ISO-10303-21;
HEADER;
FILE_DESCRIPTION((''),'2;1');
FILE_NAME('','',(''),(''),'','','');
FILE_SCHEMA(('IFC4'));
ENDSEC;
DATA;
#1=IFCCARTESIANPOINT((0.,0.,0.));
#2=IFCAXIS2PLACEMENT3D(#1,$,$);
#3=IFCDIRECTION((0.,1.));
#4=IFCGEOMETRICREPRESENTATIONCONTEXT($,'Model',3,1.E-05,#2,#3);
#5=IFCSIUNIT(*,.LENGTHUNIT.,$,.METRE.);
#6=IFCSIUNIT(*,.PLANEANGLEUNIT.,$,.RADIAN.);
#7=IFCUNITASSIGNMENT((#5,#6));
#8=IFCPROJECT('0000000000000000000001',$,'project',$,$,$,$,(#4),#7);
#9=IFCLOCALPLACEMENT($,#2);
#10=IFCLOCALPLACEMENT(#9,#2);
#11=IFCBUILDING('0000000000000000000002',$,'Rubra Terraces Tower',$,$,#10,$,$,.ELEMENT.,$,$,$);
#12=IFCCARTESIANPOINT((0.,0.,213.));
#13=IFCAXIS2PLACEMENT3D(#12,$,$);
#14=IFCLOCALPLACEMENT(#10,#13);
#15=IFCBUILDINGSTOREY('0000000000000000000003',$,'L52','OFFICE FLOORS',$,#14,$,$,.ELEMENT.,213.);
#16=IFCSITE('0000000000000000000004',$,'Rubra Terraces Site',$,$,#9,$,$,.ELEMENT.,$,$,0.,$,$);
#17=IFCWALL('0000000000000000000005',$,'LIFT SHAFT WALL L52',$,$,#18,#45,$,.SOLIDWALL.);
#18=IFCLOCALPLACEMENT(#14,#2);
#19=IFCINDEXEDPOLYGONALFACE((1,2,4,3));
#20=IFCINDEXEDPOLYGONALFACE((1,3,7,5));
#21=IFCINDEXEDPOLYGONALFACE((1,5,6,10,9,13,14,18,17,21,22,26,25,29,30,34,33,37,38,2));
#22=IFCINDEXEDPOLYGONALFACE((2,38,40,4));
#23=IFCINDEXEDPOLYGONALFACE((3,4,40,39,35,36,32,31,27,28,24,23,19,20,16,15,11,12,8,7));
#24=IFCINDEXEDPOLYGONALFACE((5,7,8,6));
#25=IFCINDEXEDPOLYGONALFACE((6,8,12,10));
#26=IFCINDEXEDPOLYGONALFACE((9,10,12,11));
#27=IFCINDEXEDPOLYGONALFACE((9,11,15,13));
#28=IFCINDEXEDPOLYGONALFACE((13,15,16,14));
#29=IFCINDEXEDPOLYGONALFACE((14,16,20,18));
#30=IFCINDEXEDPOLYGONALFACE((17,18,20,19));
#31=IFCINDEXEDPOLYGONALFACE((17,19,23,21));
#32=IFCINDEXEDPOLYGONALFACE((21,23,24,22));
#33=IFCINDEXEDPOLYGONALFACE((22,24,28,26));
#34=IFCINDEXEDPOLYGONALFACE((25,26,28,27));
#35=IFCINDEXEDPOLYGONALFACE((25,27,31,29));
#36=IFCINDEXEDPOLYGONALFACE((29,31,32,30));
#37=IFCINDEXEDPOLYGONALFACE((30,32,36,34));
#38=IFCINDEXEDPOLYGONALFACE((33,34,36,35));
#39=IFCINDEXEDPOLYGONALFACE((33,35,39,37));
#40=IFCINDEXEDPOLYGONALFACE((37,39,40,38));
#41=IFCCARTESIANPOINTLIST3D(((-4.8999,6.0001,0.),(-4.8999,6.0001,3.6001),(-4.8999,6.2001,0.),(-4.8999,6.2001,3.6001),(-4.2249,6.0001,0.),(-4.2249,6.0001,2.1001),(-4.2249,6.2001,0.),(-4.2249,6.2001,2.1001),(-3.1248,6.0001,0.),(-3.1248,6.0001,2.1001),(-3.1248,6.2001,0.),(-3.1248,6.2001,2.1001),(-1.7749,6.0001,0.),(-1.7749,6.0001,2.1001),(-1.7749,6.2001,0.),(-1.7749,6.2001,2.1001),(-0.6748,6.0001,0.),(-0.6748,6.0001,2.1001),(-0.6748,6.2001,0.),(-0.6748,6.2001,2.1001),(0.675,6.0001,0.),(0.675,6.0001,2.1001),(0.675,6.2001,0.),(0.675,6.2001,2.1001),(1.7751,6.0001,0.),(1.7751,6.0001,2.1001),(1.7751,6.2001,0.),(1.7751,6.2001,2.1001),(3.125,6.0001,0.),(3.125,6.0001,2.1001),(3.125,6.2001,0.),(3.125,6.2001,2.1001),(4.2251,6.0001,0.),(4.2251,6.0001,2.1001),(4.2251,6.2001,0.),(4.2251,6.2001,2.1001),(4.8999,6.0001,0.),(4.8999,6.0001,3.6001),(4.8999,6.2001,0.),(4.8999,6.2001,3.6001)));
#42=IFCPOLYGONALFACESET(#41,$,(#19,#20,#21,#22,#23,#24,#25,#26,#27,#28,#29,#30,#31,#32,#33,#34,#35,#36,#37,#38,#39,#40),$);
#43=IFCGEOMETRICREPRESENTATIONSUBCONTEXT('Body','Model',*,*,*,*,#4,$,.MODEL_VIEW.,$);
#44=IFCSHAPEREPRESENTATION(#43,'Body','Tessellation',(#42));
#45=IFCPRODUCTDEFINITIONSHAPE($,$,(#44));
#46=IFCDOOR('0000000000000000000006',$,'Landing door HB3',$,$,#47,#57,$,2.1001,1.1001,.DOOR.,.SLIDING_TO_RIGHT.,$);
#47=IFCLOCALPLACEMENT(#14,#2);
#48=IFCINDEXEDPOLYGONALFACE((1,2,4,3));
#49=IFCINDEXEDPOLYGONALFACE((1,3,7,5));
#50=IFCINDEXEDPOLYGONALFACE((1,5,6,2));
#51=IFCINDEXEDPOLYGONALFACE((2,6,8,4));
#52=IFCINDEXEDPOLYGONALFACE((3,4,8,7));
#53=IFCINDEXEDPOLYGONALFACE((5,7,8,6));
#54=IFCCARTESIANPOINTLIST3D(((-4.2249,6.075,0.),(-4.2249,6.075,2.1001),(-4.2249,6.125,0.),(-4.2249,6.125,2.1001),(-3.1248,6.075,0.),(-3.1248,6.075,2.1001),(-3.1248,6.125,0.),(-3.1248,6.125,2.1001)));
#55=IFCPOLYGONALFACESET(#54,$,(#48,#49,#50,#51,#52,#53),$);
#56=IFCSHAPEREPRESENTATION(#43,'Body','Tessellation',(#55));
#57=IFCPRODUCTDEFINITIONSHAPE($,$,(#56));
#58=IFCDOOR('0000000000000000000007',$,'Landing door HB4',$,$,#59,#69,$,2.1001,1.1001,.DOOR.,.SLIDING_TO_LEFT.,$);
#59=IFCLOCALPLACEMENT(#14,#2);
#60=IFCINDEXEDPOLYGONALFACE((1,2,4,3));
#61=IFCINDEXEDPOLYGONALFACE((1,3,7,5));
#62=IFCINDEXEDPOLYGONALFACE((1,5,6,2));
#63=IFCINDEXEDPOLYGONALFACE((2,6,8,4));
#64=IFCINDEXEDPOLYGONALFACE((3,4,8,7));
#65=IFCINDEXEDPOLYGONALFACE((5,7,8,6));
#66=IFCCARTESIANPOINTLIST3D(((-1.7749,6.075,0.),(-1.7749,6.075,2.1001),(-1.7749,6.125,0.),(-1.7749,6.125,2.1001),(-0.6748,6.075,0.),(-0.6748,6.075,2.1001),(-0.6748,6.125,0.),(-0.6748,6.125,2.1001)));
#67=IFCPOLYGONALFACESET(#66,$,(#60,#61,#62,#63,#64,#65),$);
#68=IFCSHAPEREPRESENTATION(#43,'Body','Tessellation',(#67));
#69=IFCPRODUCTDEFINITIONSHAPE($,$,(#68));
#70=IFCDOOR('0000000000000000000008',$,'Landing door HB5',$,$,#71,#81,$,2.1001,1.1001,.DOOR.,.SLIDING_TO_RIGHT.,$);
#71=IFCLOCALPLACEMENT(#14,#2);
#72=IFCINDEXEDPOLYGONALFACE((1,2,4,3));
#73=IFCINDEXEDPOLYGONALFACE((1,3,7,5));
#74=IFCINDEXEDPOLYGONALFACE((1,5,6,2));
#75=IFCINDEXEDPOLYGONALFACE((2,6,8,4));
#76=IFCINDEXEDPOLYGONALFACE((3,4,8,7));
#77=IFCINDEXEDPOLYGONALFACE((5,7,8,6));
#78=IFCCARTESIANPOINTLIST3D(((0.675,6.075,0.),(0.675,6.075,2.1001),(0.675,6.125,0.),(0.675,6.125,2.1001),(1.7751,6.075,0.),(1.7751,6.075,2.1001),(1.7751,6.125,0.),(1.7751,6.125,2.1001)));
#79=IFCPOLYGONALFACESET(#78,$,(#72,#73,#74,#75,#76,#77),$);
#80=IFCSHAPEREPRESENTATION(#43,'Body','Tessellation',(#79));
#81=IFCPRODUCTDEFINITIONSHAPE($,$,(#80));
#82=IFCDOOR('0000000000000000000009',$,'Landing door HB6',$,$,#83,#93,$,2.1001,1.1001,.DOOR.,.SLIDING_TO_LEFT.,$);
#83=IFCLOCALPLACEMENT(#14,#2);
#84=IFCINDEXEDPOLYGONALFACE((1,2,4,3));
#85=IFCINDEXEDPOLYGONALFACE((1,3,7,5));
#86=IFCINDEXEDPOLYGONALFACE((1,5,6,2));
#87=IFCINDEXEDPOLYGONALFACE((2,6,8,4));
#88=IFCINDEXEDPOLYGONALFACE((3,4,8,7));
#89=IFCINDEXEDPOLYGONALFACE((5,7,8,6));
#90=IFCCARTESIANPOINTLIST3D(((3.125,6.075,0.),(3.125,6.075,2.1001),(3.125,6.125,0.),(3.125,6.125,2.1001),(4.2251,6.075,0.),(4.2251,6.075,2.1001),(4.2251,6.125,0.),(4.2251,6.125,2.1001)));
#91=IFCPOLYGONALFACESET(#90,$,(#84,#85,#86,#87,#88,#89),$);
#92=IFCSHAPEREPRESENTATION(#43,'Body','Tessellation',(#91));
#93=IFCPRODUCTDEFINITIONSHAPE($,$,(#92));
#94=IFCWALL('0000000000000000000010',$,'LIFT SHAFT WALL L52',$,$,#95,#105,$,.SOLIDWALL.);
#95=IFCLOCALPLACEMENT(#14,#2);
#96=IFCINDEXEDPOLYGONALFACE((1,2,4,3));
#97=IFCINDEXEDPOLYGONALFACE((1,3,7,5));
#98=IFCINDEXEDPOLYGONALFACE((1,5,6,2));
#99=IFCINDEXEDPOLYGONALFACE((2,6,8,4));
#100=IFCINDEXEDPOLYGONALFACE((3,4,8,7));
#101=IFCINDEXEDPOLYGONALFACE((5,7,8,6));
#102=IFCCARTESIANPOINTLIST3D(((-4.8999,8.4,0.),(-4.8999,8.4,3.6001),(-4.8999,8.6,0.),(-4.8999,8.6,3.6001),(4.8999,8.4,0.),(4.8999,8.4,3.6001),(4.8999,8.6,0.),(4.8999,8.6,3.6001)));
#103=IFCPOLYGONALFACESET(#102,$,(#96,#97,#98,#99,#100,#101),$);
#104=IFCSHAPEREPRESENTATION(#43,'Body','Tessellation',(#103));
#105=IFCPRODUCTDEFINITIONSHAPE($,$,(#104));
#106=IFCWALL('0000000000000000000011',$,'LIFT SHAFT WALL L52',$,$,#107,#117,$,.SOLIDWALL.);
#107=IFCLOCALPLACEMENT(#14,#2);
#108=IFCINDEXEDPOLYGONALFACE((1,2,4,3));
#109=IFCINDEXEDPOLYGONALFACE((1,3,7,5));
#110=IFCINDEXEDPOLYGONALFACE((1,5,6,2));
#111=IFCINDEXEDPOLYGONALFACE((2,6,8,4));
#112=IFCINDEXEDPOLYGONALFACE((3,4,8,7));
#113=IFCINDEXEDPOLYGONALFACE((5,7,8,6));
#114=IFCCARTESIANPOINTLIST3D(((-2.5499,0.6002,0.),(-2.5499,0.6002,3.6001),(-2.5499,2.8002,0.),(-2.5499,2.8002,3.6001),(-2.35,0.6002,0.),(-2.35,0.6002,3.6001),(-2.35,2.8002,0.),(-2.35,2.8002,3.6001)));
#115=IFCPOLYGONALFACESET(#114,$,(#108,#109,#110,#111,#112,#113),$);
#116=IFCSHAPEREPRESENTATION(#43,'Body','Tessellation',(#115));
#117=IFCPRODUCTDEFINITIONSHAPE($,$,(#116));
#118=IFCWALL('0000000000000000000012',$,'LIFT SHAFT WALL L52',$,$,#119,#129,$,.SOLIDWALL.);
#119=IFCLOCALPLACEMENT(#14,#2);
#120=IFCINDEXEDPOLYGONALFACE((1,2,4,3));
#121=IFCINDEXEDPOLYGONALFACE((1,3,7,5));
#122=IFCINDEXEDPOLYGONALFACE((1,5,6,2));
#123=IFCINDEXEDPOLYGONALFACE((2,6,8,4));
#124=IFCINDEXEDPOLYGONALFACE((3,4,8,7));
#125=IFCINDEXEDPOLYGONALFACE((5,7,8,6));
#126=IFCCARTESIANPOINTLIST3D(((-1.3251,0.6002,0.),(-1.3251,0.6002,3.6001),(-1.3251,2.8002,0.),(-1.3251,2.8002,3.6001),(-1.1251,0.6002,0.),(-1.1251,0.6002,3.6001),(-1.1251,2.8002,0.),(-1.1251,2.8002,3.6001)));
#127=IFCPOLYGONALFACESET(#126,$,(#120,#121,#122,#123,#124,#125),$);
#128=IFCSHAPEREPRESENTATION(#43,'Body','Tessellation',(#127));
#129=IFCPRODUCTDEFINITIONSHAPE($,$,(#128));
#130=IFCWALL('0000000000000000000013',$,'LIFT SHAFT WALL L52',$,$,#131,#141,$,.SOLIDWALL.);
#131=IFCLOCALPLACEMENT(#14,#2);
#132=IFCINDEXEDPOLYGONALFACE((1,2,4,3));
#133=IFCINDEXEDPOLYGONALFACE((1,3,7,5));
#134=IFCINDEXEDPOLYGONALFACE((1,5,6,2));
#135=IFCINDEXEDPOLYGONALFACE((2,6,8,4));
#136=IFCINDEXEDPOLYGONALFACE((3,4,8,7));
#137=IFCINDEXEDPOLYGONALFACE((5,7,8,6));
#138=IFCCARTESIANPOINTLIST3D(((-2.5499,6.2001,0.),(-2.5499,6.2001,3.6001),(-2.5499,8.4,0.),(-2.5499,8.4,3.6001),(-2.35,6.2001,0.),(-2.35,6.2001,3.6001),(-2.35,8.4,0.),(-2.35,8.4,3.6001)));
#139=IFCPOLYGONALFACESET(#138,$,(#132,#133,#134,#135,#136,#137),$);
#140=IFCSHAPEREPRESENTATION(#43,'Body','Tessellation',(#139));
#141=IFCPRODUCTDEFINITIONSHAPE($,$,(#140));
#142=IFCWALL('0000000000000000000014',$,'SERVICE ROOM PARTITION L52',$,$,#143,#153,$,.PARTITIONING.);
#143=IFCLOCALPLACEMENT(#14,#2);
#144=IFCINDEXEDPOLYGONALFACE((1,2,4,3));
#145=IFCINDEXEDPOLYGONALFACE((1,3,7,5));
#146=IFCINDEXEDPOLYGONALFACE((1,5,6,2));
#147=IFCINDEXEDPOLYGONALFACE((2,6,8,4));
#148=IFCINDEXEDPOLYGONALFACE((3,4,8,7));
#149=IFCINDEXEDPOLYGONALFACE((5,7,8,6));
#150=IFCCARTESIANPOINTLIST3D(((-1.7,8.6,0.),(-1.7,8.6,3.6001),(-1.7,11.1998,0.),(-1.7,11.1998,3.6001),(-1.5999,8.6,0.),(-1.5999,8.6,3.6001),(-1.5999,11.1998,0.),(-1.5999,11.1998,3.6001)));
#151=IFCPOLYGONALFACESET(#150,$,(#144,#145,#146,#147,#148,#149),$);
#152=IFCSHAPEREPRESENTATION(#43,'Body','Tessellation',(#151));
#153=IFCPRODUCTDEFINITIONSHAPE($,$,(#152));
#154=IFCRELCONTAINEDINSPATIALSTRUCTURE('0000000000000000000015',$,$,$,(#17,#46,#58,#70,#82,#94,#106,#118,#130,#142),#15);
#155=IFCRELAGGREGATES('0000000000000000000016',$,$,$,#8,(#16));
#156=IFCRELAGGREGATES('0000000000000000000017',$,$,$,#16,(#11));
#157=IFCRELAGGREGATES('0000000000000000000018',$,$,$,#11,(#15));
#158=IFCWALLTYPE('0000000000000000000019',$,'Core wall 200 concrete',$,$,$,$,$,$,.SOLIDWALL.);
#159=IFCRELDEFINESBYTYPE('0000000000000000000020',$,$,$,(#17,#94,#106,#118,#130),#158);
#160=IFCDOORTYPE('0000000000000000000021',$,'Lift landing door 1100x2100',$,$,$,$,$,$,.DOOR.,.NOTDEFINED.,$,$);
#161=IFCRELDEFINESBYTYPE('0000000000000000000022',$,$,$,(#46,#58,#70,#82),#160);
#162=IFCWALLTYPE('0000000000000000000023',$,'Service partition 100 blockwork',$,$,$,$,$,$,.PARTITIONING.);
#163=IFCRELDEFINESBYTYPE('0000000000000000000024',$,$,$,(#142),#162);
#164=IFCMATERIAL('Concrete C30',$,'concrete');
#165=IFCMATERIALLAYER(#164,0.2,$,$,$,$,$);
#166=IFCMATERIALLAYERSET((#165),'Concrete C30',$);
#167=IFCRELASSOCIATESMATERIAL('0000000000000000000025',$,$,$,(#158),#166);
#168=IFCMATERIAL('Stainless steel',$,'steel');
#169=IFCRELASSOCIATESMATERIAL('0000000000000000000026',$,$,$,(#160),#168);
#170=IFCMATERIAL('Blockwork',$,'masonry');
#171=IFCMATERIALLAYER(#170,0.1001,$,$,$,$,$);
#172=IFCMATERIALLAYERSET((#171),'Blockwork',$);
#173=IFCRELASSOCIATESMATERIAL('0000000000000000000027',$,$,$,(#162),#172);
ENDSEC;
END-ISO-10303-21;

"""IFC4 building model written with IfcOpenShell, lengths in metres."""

from ifc_helpers import new_model, si_unit, direction, frame, frame_2d, origin, place, context, subcontext, project, spatial, rectangle, extrude, material, layer, layer_set, type_object, element, fill, save


model = new_model("IFC4")

# Units and contexts
model_context = context("Model", 3, precision=1e-05, world=origin(), true_north=direction((0.0, 1.0)))
body_context = subcontext(model_context, "Body", "Model", "MODEL_VIEW")
ifc_project = project(units=[si_unit("LENGTHUNIT", "METRE"), si_unit("PLANEANGLEUNIT", "RADIAN")], contexts=[model_context])

# Site, building, storey
site_placement = place(None, origin())
site = spatial("IfcSite", under=ifc_project, at=site_placement, Name="Rubra Terraces Site", CompositionType="ELEMENT", RefElevation=0.0)
building_placement = place(site_placement, origin())
building = spatial("IfcBuilding", under=site, at=building_placement, Name="Rubra Terraces Tower", CompositionType="ELEMENT")
storey_placement = place(building_placement, frame((0.0, 0.0, 213.0)))
storey = spatial("IfcBuildingStorey", under=building, at=storey_placement, Name="L52", Description="OFFICE FLOORS", CompositionType="ELEMENT", Elevation=213.0)

# Shared definitions
ifc_material_1 = material(Name="Concrete C30", Category="concrete")
ifc_layer_1 = layer(ifc_material_1, 0.2)
ifc_layer_set_1 = layer_set([ifc_layer_1], Name="Concrete C30")
wall_type_1 = type_object("IfcWallType", Name="Core wall 200 concrete", PredefinedType="SOLIDWALL", material=ifc_layer_set_1)

# Wall, openings, doors
ifc_material_2 = material(Name="Stainless steel", Category="steel")
door_type_1 = type_object("IfcDoorType", Name="Lift landing door 1100x2100", OperationType="NOTDEFINED", PredefinedType="DOOR", material=ifc_material_2)
wall_1_placement = place(storey_placement, frame((-4.8999, 6.1001, 0.0), z_axis=(0.0, 0.0, 1.0), x_axis=(1.0, 0.0, 0.0)))
wall_1 = element("IfcWall", 1, at=wall_1_placement, inside=storey, type_object=wall_type_1, Name="LIFT SHAFT WALL L52", PredefinedType="SOLIDWALL", context=body_context, shape_type="SweptSolid", body=[
    extrude(rectangle(XDim=9.7998, YDim=0.2, at=frame_2d((4.8999, 0.0))), origin(), (0.0, 0.0, 1.0), 3.6001),
])
opening_1_placement = place(wall_1_placement, frame((0.675, 0.0, 0.0)))
opening_1 = element("IfcOpeningElement", 2, at=opening_1_placement, cuts=wall_1, PredefinedType="OPENING", context=body_context, shape_type="SweptSolid", body=[
    extrude(rectangle(XDim=1.1001, YDim=2.1001, at=frame_2d((0.55, 1.05))), frame((0.0, 0.1099, 0.0), z_axis=(0.0, -1.0, 0.0), x_axis=(1.0, 0.0, 0.0)), (0.0, 0.0, 1.0), 0.22),
])
opening_2_placement = place(wall_1_placement, frame((3.125, 0.0, 0.0)))
opening_2 = element("IfcOpeningElement", 3, at=opening_2_placement, cuts=wall_1, PredefinedType="OPENING", context=body_context, shape_type="SweptSolid", body=[
    extrude(rectangle(XDim=1.1001, YDim=2.1001, at=frame_2d((0.55, 1.05))), frame((0.0, 0.1099, 0.0), z_axis=(0.0, -1.0, 0.0), x_axis=(1.0, 0.0, 0.0)), (0.0, 0.0, 1.0), 0.22),
])
opening_3_placement = place(wall_1_placement, frame((5.575, 0.0, 0.0)))
opening_3 = element("IfcOpeningElement", 4, at=opening_3_placement, cuts=wall_1, PredefinedType="OPENING", context=body_context, shape_type="SweptSolid", body=[
    extrude(rectangle(XDim=1.1001, YDim=2.1001, at=frame_2d((0.55, 1.05))), frame((0.0, 0.1099, 0.0), z_axis=(0.0, -1.0, 0.0), x_axis=(1.0, 0.0, 0.0)), (0.0, 0.0, 1.0), 0.22),
])
opening_4_placement = place(wall_1_placement, frame((8.0249, 0.0, 0.0)))
opening_4 = element("IfcOpeningElement", 5, at=opening_4_placement, cuts=wall_1, PredefinedType="OPENING", context=body_context, shape_type="SweptSolid", body=[
    extrude(rectangle(XDim=1.1001, YDim=2.1001, at=frame_2d((0.55, 1.05))), frame((0.0, 0.1099, 0.0), z_axis=(0.0, -1.0, 0.0), x_axis=(1.0, 0.0, 0.0)), (0.0, 0.0, 1.0), 0.22),
])
door_1_placement = place(opening_1_placement, origin())
door_1 = element("IfcDoor", 6, at=door_1_placement, inside=storey, type_object=door_type_1, Name="Landing door HB3", OperationType="SLIDING_TO_RIGHT", OverallHeight=2.1001, OverallWidth=1.1001, PredefinedType="DOOR", context=body_context, shape_type="SweptSolid", body=[
    extrude(rectangle(XDim=1.1001, YDim=2.1001, at=frame_2d((0.55, 1.05))), frame((0.0, 0.0249, 0.0), z_axis=(0.0, -1.0, 0.0), x_axis=(1.0, 0.0, 0.0)), (0.0, 0.0, 1.0), 0.05),
])
fill(opening_1, door_1)
door_2_placement = place(opening_2_placement, origin())
door_2 = element("IfcDoor", 7, at=door_2_placement, inside=storey, type_object=door_type_1, Name="Landing door HB4", OperationType="SLIDING_TO_LEFT", OverallHeight=2.1001, OverallWidth=1.1001, PredefinedType="DOOR", context=body_context, shape_type="SweptSolid", body=[
    extrude(rectangle(XDim=1.1001, YDim=2.1001, at=frame_2d((0.55, 1.05))), frame((0.0, 0.0249, 0.0), z_axis=(0.0, -1.0, 0.0), x_axis=(1.0, 0.0, 0.0)), (0.0, 0.0, 1.0), 0.05),
])
fill(opening_2, door_2)
door_3_placement = place(opening_3_placement, origin())
door_3 = element("IfcDoor", 8, at=door_3_placement, inside=storey, type_object=door_type_1, Name="Landing door HB5", OperationType="SLIDING_TO_RIGHT", OverallHeight=2.1001, OverallWidth=1.1001, PredefinedType="DOOR", context=body_context, shape_type="SweptSolid", body=[
    extrude(rectangle(XDim=1.1001, YDim=2.1001, at=frame_2d((0.55, 1.05))), frame((0.0, 0.0249, 0.0), z_axis=(0.0, -1.0, 0.0), x_axis=(1.0, 0.0, 0.0)), (0.0, 0.0, 1.0), 0.05),
])
fill(opening_3, door_3)
door_4_placement = place(opening_4_placement, origin())
door_4 = element("IfcDoor", 9, at=door_4_placement, inside=storey, type_object=door_type_1, Name="Landing door HB6", OperationType="SLIDING_TO_LEFT", OverallHeight=2.1001, OverallWidth=1.1001, PredefinedType="DOOR", context=body_context, shape_type="SweptSolid", body=[
    extrude(rectangle(XDim=1.1001, YDim=2.1001, at=frame_2d((0.55, 1.05))), frame((0.0, 0.0249, 0.0), z_axis=(0.0, -1.0, 0.0), x_axis=(1.0, 0.0, 0.0)), (0.0, 0.0, 1.0), 0.05),
])
fill(opening_4, door_4)

# Walls
wall_2_placement = place(storey_placement, frame((-4.8999, 8.5, 0.0), z_axis=(0.0, 0.0, 1.0), x_axis=(1.0, 0.0, 0.0)))
element("IfcWall", 10, at=wall_2_placement, inside=storey, type_object=wall_type_1, Name="LIFT SHAFT WALL L52", PredefinedType="SOLIDWALL", context=body_context, shape_type="SweptSolid", body=[
    extrude(rectangle(XDim=9.7998, YDim=0.2, at=frame_2d((4.8999, 0.0))), origin(), (0.0, 0.0, 1.0), 3.6001),
])
for number, where, z_axis, x_axis, name in (
    (11, (-2.45, 0.6001, 0.0), (0.0, 0.0, 1.0), (0.0, 1.0, 0.0), "LIFT SHAFT WALL L52"),
    (12, (-1.2251, 0.6001, 0.0), (0.0, 0.0, 1.0), (0.0, 1.0, 0.0), "LIFT SHAFT WALL L52"),
    (13, (-2.45, 6.2, 0.0), (0.0, 0.0, 1.0), (0.0, 1.0, 0.0), "LIFT SHAFT WALL L52"),
):
    element("IfcWall", number, at=place(storey_placement, frame(where, z_axis=z_axis, x_axis=x_axis)), inside=storey, type_object=wall_type_1, Name=name, PredefinedType="SOLIDWALL", context=body_context, shape_type="SweptSolid", body=[
        extrude(rectangle(XDim=2.2, YDim=0.2, at=frame_2d((1.1001, 0.0))), origin(), (0.0, 0.0, 1.0), 3.6001),
    ])
ifc_material_3 = material(Name="Blockwork", Category="masonry")
ifc_layer_2 = layer(ifc_material_3, 0.1001)
ifc_layer_set_2 = layer_set([ifc_layer_2], Name="Blockwork")
wall_type_2 = type_object("IfcWallType", Name="Service partition 100 blockwork", PredefinedType="PARTITIONING", material=ifc_layer_set_2)
wall_3_placement = place(storey_placement, frame((-1.6499, 8.6001, 0.0), z_axis=(0.0, 0.0, 1.0), x_axis=(0.0, 1.0, 0.0)))
element("IfcWall", 14, at=wall_3_placement, inside=storey, type_object=wall_type_2, Name="SERVICE ROOM PARTITION L52", PredefinedType="PARTITIONING", context=body_context, shape_type="SweptSolid", body=[
    extrude(rectangle(XDim=2.5999, YDim=0.1001, at=frame_2d((1.2998, 0.0))), origin(), (0.0, 0.0, 1.0), 3.6001),
])

save(model, "model.ifc")
